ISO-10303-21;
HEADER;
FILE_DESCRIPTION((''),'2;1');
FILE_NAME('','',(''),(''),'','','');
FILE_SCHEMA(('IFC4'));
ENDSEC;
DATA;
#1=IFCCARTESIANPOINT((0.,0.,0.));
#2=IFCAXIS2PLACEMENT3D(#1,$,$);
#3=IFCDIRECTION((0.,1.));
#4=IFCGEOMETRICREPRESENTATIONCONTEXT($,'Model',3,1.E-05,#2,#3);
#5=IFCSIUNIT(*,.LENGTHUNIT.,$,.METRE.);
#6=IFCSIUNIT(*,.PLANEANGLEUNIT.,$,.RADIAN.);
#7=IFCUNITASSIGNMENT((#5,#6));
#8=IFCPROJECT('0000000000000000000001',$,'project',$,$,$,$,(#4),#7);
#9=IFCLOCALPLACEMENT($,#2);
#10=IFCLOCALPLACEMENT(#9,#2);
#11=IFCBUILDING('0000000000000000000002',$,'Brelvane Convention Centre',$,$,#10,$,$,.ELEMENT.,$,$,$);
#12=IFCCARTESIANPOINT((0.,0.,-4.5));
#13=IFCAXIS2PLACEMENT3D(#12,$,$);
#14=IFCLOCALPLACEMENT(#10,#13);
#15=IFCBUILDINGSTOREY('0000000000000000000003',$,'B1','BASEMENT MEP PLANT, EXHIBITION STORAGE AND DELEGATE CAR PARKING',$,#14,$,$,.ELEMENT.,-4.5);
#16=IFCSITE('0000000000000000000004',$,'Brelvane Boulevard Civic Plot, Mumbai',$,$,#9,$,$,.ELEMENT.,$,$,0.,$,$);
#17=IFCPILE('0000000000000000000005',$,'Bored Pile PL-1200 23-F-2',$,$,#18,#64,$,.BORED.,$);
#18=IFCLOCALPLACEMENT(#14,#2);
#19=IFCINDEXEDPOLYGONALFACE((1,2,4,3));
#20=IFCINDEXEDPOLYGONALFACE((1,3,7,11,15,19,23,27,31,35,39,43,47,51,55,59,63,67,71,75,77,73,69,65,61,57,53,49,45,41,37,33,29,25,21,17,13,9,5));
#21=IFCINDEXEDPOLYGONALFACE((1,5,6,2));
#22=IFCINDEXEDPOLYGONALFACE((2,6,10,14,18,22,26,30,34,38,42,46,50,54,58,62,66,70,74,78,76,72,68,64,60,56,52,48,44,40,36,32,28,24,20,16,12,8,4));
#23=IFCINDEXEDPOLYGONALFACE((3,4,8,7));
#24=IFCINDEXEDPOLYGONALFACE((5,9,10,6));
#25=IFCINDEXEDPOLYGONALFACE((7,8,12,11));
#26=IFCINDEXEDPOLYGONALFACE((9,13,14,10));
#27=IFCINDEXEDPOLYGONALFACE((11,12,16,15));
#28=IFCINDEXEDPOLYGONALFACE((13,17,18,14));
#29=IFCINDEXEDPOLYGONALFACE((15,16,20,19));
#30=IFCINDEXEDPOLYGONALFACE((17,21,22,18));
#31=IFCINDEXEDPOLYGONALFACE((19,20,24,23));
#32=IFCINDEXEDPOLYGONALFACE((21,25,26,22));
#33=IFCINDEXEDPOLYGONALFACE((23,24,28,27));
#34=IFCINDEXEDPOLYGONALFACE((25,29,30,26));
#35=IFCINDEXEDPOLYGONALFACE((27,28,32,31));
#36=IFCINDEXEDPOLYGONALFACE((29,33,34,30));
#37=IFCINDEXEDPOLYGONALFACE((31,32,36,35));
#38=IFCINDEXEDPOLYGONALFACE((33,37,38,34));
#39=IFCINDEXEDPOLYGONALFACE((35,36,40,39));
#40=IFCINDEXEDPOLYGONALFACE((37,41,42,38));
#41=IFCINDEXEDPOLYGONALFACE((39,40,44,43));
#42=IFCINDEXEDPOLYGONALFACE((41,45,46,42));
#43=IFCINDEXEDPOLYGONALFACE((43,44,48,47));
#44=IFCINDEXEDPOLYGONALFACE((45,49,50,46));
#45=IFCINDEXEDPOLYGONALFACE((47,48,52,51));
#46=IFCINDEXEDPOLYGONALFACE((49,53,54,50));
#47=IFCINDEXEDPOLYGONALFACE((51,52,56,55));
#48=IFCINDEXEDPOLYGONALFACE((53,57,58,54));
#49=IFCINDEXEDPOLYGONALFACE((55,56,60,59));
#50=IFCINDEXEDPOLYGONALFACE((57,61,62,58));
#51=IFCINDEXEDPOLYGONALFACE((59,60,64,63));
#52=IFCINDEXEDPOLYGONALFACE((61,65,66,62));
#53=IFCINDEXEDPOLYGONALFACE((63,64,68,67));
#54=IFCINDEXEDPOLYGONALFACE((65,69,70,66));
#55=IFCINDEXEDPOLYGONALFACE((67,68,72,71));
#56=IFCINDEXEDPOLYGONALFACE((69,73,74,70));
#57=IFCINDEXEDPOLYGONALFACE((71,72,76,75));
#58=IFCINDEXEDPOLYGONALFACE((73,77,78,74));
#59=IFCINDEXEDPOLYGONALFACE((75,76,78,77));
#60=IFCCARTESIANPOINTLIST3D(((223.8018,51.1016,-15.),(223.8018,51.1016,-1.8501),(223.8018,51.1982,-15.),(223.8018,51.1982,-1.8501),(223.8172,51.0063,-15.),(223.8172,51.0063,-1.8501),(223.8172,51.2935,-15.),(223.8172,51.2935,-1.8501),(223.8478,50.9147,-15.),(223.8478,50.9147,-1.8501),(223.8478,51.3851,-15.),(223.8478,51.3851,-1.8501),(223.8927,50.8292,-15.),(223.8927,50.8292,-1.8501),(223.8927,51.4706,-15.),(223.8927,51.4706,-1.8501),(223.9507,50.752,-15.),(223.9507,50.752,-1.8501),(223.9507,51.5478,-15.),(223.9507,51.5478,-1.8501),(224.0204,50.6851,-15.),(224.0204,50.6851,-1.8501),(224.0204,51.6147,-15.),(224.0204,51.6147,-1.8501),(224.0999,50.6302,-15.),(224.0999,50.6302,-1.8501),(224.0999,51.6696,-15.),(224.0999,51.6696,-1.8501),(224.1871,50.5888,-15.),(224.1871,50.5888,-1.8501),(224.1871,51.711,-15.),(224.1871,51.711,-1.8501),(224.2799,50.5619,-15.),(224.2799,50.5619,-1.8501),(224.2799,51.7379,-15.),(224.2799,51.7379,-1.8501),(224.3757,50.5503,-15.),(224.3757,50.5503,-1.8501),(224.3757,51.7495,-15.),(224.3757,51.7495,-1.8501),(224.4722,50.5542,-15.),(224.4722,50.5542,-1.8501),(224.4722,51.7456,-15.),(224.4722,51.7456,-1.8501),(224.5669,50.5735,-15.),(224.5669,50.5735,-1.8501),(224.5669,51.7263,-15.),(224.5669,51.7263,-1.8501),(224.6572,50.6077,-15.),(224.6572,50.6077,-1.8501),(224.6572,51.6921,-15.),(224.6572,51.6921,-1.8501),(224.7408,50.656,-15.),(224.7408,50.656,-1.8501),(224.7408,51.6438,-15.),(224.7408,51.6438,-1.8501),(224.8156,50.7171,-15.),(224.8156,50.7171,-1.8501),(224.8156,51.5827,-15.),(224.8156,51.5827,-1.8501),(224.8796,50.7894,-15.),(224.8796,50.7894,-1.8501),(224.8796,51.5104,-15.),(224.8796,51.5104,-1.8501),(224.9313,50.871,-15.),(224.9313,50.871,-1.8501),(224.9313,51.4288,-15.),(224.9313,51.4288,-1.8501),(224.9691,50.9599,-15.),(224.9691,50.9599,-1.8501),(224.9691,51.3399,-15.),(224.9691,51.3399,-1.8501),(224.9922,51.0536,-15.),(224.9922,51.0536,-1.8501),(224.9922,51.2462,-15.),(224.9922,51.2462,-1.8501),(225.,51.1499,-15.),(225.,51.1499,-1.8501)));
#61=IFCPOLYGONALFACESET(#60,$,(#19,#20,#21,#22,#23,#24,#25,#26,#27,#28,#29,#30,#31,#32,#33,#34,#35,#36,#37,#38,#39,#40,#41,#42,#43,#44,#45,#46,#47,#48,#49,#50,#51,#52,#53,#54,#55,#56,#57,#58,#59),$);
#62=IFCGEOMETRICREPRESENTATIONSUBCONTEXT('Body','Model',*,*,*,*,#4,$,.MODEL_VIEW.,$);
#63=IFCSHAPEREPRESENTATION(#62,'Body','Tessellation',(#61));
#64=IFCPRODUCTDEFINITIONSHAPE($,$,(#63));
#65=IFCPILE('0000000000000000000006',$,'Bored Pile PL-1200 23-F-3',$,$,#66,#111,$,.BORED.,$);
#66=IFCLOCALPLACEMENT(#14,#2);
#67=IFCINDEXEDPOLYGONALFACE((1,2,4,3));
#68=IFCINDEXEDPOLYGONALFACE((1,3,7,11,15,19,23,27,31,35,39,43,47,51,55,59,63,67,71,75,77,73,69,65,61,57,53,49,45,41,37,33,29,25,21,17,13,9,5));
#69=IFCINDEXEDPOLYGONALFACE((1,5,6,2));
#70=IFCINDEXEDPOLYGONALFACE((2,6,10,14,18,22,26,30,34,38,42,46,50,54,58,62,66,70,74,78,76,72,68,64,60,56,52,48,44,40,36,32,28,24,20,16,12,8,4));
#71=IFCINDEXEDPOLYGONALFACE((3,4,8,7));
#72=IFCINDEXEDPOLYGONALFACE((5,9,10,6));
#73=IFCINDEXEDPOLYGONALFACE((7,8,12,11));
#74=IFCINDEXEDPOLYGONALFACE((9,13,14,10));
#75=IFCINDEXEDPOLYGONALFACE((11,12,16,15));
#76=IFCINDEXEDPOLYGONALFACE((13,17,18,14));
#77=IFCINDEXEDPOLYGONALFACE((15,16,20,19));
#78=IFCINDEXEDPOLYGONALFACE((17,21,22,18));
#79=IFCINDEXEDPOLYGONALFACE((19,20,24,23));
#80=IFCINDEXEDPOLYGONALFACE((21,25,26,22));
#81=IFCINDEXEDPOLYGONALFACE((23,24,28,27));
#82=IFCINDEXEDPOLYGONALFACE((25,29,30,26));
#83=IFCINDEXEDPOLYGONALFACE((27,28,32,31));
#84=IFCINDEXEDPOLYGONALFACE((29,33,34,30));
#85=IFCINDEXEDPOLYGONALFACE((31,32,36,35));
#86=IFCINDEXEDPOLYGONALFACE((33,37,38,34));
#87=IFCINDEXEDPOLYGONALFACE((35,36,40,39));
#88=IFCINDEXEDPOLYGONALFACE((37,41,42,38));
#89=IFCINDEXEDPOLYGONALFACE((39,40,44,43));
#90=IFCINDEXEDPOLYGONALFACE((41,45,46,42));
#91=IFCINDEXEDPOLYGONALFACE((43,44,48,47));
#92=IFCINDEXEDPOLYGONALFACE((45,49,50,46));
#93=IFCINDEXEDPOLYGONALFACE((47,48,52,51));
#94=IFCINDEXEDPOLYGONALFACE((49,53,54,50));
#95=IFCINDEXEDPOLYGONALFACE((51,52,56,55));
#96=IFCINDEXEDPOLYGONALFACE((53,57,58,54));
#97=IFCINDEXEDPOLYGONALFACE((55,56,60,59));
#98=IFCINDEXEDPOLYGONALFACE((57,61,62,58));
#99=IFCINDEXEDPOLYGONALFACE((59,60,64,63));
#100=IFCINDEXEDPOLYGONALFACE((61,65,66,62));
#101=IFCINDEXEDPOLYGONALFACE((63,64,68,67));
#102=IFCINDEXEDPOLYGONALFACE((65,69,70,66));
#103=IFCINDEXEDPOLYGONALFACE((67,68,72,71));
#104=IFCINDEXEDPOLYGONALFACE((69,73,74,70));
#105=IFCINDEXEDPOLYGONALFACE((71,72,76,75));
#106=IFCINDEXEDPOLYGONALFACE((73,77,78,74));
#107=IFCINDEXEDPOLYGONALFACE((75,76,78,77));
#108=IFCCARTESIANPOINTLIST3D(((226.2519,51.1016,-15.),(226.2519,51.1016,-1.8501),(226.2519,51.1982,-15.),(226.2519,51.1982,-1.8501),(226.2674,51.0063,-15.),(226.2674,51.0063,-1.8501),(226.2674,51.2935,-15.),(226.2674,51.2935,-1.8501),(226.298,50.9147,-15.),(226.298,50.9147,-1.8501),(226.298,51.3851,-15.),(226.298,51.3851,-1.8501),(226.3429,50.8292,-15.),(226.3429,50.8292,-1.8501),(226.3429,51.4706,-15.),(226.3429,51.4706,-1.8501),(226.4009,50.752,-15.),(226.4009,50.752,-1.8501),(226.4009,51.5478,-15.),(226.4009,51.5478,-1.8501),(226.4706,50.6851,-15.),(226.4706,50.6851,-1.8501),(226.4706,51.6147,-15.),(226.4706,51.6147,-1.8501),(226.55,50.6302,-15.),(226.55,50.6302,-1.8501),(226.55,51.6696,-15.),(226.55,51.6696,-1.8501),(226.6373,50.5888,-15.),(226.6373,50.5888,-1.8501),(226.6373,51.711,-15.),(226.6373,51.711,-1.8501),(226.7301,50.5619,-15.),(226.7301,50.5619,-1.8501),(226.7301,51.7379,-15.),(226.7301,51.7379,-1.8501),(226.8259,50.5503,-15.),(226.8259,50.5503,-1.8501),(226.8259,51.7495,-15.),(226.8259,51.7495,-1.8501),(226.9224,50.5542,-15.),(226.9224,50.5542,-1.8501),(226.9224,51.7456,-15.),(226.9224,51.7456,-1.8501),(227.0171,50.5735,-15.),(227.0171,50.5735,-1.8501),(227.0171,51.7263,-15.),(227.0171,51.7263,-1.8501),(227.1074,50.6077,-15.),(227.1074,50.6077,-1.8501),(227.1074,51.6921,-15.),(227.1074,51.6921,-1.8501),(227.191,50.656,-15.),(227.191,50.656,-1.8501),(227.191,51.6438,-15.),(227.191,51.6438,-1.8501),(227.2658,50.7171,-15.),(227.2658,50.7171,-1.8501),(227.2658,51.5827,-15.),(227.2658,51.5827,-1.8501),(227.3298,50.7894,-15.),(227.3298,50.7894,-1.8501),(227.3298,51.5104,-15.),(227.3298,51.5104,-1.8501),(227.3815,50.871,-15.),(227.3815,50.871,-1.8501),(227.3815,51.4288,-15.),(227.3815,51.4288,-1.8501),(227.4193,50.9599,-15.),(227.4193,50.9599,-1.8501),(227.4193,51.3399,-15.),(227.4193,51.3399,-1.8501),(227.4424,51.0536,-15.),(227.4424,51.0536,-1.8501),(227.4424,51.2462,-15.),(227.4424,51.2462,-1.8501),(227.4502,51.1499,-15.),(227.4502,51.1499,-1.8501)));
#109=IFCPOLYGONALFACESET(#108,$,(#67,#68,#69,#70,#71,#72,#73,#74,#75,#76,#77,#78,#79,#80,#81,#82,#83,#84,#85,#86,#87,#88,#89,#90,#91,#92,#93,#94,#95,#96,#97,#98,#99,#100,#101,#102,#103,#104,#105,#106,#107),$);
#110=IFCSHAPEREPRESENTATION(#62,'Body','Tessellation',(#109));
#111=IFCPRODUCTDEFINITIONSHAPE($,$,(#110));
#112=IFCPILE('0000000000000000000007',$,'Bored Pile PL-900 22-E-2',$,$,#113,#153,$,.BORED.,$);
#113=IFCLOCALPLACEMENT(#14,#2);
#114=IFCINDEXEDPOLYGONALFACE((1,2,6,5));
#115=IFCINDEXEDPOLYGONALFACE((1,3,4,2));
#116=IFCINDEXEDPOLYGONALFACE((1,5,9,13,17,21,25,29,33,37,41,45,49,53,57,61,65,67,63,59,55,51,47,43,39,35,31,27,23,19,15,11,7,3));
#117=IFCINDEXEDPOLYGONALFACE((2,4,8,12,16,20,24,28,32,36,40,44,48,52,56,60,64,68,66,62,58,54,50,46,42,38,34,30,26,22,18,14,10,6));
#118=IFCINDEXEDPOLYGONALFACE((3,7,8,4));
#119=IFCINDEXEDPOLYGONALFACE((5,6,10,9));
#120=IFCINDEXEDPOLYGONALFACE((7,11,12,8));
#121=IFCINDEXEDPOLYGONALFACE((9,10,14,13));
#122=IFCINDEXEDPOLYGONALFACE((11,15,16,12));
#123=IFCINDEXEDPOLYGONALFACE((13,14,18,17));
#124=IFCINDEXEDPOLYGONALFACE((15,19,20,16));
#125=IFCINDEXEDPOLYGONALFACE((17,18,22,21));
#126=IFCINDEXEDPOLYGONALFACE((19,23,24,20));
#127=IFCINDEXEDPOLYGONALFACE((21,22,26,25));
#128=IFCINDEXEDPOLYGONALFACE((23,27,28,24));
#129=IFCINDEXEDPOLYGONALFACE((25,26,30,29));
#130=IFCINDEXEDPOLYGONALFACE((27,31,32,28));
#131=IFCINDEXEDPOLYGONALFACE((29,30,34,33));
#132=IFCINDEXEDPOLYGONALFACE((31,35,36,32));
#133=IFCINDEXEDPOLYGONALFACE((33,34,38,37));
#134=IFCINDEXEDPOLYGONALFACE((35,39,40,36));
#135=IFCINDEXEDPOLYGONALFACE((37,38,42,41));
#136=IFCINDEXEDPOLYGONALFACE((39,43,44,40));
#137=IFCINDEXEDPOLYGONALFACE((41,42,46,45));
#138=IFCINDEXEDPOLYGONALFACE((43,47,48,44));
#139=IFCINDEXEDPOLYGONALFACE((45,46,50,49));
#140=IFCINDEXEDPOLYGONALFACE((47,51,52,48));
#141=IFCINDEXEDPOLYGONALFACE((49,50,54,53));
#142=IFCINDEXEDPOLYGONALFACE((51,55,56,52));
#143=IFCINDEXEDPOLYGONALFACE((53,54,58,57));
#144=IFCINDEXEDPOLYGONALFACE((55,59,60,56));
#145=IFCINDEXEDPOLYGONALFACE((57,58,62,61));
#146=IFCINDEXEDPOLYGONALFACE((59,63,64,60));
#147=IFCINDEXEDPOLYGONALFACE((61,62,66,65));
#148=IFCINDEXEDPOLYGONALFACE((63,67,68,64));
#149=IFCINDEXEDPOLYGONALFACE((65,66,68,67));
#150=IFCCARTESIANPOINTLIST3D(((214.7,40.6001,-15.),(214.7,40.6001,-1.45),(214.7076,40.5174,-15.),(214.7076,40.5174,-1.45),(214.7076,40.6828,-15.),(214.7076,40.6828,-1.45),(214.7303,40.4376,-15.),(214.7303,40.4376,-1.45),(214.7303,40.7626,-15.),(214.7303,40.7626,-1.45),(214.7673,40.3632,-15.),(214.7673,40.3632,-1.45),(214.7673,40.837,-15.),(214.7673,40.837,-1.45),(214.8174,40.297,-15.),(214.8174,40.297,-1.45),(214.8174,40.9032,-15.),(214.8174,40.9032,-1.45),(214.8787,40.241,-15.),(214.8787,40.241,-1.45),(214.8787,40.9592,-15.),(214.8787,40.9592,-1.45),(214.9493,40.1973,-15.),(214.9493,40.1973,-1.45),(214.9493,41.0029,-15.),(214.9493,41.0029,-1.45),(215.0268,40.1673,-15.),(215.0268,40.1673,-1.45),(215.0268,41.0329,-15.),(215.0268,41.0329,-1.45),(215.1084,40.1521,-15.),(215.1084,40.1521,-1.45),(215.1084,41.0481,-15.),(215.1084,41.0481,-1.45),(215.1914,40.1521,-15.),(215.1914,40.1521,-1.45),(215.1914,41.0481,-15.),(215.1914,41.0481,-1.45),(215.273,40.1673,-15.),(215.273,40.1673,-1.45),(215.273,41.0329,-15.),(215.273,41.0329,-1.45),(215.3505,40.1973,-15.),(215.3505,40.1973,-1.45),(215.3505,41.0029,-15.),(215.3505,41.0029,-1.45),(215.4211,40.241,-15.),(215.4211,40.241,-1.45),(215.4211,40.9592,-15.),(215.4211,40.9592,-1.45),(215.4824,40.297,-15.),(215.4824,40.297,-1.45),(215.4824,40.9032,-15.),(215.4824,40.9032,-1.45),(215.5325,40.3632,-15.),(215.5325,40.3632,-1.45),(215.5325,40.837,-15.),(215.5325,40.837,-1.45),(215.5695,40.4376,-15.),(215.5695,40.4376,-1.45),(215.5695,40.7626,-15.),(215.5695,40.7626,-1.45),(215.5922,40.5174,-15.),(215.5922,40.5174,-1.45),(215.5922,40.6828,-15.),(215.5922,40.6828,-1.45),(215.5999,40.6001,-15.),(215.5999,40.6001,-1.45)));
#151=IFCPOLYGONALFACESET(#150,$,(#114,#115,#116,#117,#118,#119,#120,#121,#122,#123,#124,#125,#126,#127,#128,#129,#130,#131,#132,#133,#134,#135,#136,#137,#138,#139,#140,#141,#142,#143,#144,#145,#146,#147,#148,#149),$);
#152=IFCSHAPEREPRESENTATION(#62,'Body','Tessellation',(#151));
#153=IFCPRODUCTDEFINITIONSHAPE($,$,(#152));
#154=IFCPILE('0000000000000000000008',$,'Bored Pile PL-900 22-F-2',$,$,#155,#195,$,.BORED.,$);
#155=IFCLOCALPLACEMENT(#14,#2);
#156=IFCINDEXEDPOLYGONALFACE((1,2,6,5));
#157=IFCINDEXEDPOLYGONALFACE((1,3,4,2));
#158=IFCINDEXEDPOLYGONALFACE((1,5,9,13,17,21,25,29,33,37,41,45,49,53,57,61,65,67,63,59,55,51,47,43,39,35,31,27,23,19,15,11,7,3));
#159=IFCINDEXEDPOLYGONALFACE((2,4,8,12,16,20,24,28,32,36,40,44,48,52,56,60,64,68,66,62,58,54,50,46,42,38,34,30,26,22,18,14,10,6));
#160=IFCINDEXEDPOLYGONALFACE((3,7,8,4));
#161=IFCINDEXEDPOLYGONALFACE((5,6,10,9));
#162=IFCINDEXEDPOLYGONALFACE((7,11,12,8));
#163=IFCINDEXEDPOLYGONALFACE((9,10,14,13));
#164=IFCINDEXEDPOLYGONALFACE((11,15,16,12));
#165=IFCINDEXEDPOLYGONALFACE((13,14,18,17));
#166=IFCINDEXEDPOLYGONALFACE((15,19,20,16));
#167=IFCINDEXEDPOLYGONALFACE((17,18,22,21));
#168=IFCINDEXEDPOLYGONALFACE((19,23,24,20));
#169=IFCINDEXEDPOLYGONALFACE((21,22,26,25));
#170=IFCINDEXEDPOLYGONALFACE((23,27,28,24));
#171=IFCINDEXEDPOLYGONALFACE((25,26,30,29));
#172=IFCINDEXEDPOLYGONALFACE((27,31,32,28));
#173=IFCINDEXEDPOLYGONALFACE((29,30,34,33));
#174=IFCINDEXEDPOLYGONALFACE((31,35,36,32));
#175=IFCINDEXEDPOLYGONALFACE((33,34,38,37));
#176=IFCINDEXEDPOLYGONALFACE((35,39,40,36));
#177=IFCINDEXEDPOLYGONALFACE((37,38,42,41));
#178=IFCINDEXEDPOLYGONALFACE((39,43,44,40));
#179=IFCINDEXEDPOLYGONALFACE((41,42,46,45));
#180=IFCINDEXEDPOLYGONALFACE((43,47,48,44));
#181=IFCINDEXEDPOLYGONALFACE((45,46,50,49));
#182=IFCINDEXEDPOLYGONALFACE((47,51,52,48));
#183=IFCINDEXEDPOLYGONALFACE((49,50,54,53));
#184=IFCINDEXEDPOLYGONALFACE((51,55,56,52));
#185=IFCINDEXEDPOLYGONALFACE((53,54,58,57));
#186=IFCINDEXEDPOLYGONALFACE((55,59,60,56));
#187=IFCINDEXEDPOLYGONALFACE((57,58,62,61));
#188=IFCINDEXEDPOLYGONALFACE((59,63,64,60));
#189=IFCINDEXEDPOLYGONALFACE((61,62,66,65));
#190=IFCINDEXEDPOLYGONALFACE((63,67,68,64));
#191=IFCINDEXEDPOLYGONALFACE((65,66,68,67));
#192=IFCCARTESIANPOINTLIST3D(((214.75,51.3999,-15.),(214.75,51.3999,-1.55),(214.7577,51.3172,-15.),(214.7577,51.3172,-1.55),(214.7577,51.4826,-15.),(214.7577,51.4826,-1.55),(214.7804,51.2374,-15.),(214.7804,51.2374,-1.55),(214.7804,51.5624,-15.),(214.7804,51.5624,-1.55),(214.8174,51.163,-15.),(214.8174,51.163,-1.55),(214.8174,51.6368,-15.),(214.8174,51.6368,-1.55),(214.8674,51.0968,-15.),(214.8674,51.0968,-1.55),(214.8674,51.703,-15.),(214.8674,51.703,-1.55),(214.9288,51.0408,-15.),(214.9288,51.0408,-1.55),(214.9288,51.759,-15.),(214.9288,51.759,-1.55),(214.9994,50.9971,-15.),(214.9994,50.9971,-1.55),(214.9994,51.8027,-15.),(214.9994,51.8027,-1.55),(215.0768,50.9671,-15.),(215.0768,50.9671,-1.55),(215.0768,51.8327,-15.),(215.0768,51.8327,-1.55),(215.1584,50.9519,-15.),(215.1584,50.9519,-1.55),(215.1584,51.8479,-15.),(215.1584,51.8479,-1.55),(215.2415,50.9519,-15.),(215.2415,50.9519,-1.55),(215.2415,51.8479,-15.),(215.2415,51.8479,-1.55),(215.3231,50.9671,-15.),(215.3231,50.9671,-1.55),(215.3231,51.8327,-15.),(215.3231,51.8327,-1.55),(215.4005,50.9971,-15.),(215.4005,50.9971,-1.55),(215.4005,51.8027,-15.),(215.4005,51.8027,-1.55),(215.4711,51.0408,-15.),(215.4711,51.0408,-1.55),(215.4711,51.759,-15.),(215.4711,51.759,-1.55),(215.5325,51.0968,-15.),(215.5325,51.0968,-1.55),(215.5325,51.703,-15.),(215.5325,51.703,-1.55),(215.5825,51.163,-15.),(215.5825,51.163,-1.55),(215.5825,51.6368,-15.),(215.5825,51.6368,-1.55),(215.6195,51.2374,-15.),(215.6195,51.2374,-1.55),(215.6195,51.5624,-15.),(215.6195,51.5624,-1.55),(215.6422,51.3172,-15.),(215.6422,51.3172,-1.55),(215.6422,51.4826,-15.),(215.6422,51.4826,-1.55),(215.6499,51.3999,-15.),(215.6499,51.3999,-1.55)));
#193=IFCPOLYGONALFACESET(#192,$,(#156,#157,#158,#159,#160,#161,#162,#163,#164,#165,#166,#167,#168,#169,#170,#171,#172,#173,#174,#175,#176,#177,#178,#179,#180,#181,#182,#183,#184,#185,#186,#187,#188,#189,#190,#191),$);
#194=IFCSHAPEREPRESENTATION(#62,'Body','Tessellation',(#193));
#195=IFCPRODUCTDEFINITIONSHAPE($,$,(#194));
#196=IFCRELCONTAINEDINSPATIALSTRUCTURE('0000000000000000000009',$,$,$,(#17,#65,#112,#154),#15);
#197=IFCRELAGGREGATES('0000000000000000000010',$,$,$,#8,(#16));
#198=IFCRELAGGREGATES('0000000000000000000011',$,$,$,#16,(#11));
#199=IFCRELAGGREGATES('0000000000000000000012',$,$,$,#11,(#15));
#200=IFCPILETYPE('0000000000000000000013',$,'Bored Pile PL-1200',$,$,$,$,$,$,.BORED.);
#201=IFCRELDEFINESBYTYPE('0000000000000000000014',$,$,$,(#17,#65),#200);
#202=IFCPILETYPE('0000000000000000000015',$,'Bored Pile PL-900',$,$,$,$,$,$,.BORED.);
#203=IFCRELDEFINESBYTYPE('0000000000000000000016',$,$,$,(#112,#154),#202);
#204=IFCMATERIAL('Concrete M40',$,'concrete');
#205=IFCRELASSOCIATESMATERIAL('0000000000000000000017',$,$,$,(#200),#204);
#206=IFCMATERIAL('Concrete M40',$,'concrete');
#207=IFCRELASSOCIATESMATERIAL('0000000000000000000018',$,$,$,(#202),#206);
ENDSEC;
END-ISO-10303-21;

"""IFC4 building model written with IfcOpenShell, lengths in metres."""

from ifc_helpers import new_model, si_unit, direction, frame, origin, origin_2d, place, context, subcontext, project, spatial, circle, extrude, material, material_profile, profile_set, type_object, element, save


model = new_model("IFC4")

# Units and contexts
model_context = context("Model", 3, precision=1e-05, world=origin(), true_north=direction((0.0, 1.0)))
body_context = subcontext(model_context, "Body", "Model", "MODEL_VIEW")
ifc_project = project(units=[si_unit("LENGTHUNIT", "METRE"), si_unit("PLANEANGLEUNIT", "RADIAN")], contexts=[model_context])

# Site, building, storey
site_placement = place(None, origin())
site = spatial("IfcSite", under=ifc_project, at=site_placement, Name="Brelvane Boulevard Civic Plot, Mumbai", CompositionType="ELEMENT", RefElevation=0.0)
building_placement = place(site_placement, origin())
building = spatial("IfcBuilding", under=site, at=building_placement, Name="Brelvane Convention Centre", CompositionType="ELEMENT")
storey_placement = place(building_placement, frame((0.0, 0.0, -4.5)))
storey = spatial("IfcBuildingStorey", under=building, at=storey_placement, Name="B1", Description="BASEMENT MEP PLANT, EXHIBITION STORAGE AND DELEGATE CAR PARKING", CompositionType="ELEMENT", Elevation=-4.5)

# Piles
ifc_material_1 = material(Name="Concrete M40", Category="concrete")
ifc_material_profile_1 = material_profile(ifc_material_1, circle(Radius=0.6001, at=origin_2d()), Name="PILE D1200")
ifc_profile_set_1 = profile_set([ifc_material_profile_1], Name="Concrete M40")
pile_type_1 = type_object("IfcPileType", Name="Bored Pile PL-1200", PredefinedType="BORED", material=ifc_profile_set_1)
for number, where, z_axis, x_axis, name in (
    (1, (224.3999, 51.1499, -1.8501), (0.0, 0.0, -1.0), (1.0, 0.0, 0.0), "Bored Pile PL-1200 23-F-2"),
    (2, (226.8501, 51.1499, -1.8501), (0.0, 0.0, -1.0), (1.0, 0.0, 0.0), "Bored Pile PL-1200 23-F-3"),
):
    element("IfcPile", number, at=place(storey_placement, frame(where, z_axis=z_axis, x_axis=x_axis)), inside=storey, type_object=pile_type_1, Name=name, PredefinedType="BORED", context=body_context, shape_type="SweptSolid", body=[
        extrude(circle(Radius=0.6001, at=origin_2d()), origin(), (0.0, 0.0, 1.0), 13.1499),
    ])
ifc_material_2 = material(Name="Concrete M40", Category="concrete")
ifc_material_profile_2 = material_profile(ifc_material_2, circle(Radius=0.45, at=origin_2d()), Name="PILE D900")
ifc_profile_set_2 = profile_set([ifc_material_profile_2], Name="Concrete M40")
pile_type_2 = type_object("IfcPileType", Name="Bored Pile PL-900", PredefinedType="BORED", material=ifc_profile_set_2)
pile_placement = place(storey_placement, frame((215.1499, 40.6001, -1.45), z_axis=(0.0, 0.0, -1.0), x_axis=(1.0, 0.0, 0.0)))
element("IfcPile", 3, at=pile_placement, inside=storey, type_object=pile_type_2, Name="Bored Pile PL-900 22-E-2", PredefinedType="BORED", context=body_context, shape_type="SweptSolid", body=[
    extrude(circle(Radius=0.45, at=origin_2d()), origin(), (0.0, 0.0, 1.0), 13.55),
])
for number, where, z_axis, x_axis, name in (
    (4, (215.2, 51.3999, -1.55), (0.0, 0.0, -1.0), (1.0, 0.0, 0.0), "Bored Pile PL-900 22-F-2"),
):
    element("IfcPile", number, at=place(storey_placement, frame(where, z_axis=z_axis, x_axis=x_axis)), inside=storey, type_object=pile_type_2, Name=name, PredefinedType="BORED", context=body_context, shape_type="SweptSolid", body=[
        extrude(circle(Radius=0.45, at=origin_2d()), origin(), (0.0, 0.0, 1.0), 13.45),
    ])

save(model, "model.ifc")
